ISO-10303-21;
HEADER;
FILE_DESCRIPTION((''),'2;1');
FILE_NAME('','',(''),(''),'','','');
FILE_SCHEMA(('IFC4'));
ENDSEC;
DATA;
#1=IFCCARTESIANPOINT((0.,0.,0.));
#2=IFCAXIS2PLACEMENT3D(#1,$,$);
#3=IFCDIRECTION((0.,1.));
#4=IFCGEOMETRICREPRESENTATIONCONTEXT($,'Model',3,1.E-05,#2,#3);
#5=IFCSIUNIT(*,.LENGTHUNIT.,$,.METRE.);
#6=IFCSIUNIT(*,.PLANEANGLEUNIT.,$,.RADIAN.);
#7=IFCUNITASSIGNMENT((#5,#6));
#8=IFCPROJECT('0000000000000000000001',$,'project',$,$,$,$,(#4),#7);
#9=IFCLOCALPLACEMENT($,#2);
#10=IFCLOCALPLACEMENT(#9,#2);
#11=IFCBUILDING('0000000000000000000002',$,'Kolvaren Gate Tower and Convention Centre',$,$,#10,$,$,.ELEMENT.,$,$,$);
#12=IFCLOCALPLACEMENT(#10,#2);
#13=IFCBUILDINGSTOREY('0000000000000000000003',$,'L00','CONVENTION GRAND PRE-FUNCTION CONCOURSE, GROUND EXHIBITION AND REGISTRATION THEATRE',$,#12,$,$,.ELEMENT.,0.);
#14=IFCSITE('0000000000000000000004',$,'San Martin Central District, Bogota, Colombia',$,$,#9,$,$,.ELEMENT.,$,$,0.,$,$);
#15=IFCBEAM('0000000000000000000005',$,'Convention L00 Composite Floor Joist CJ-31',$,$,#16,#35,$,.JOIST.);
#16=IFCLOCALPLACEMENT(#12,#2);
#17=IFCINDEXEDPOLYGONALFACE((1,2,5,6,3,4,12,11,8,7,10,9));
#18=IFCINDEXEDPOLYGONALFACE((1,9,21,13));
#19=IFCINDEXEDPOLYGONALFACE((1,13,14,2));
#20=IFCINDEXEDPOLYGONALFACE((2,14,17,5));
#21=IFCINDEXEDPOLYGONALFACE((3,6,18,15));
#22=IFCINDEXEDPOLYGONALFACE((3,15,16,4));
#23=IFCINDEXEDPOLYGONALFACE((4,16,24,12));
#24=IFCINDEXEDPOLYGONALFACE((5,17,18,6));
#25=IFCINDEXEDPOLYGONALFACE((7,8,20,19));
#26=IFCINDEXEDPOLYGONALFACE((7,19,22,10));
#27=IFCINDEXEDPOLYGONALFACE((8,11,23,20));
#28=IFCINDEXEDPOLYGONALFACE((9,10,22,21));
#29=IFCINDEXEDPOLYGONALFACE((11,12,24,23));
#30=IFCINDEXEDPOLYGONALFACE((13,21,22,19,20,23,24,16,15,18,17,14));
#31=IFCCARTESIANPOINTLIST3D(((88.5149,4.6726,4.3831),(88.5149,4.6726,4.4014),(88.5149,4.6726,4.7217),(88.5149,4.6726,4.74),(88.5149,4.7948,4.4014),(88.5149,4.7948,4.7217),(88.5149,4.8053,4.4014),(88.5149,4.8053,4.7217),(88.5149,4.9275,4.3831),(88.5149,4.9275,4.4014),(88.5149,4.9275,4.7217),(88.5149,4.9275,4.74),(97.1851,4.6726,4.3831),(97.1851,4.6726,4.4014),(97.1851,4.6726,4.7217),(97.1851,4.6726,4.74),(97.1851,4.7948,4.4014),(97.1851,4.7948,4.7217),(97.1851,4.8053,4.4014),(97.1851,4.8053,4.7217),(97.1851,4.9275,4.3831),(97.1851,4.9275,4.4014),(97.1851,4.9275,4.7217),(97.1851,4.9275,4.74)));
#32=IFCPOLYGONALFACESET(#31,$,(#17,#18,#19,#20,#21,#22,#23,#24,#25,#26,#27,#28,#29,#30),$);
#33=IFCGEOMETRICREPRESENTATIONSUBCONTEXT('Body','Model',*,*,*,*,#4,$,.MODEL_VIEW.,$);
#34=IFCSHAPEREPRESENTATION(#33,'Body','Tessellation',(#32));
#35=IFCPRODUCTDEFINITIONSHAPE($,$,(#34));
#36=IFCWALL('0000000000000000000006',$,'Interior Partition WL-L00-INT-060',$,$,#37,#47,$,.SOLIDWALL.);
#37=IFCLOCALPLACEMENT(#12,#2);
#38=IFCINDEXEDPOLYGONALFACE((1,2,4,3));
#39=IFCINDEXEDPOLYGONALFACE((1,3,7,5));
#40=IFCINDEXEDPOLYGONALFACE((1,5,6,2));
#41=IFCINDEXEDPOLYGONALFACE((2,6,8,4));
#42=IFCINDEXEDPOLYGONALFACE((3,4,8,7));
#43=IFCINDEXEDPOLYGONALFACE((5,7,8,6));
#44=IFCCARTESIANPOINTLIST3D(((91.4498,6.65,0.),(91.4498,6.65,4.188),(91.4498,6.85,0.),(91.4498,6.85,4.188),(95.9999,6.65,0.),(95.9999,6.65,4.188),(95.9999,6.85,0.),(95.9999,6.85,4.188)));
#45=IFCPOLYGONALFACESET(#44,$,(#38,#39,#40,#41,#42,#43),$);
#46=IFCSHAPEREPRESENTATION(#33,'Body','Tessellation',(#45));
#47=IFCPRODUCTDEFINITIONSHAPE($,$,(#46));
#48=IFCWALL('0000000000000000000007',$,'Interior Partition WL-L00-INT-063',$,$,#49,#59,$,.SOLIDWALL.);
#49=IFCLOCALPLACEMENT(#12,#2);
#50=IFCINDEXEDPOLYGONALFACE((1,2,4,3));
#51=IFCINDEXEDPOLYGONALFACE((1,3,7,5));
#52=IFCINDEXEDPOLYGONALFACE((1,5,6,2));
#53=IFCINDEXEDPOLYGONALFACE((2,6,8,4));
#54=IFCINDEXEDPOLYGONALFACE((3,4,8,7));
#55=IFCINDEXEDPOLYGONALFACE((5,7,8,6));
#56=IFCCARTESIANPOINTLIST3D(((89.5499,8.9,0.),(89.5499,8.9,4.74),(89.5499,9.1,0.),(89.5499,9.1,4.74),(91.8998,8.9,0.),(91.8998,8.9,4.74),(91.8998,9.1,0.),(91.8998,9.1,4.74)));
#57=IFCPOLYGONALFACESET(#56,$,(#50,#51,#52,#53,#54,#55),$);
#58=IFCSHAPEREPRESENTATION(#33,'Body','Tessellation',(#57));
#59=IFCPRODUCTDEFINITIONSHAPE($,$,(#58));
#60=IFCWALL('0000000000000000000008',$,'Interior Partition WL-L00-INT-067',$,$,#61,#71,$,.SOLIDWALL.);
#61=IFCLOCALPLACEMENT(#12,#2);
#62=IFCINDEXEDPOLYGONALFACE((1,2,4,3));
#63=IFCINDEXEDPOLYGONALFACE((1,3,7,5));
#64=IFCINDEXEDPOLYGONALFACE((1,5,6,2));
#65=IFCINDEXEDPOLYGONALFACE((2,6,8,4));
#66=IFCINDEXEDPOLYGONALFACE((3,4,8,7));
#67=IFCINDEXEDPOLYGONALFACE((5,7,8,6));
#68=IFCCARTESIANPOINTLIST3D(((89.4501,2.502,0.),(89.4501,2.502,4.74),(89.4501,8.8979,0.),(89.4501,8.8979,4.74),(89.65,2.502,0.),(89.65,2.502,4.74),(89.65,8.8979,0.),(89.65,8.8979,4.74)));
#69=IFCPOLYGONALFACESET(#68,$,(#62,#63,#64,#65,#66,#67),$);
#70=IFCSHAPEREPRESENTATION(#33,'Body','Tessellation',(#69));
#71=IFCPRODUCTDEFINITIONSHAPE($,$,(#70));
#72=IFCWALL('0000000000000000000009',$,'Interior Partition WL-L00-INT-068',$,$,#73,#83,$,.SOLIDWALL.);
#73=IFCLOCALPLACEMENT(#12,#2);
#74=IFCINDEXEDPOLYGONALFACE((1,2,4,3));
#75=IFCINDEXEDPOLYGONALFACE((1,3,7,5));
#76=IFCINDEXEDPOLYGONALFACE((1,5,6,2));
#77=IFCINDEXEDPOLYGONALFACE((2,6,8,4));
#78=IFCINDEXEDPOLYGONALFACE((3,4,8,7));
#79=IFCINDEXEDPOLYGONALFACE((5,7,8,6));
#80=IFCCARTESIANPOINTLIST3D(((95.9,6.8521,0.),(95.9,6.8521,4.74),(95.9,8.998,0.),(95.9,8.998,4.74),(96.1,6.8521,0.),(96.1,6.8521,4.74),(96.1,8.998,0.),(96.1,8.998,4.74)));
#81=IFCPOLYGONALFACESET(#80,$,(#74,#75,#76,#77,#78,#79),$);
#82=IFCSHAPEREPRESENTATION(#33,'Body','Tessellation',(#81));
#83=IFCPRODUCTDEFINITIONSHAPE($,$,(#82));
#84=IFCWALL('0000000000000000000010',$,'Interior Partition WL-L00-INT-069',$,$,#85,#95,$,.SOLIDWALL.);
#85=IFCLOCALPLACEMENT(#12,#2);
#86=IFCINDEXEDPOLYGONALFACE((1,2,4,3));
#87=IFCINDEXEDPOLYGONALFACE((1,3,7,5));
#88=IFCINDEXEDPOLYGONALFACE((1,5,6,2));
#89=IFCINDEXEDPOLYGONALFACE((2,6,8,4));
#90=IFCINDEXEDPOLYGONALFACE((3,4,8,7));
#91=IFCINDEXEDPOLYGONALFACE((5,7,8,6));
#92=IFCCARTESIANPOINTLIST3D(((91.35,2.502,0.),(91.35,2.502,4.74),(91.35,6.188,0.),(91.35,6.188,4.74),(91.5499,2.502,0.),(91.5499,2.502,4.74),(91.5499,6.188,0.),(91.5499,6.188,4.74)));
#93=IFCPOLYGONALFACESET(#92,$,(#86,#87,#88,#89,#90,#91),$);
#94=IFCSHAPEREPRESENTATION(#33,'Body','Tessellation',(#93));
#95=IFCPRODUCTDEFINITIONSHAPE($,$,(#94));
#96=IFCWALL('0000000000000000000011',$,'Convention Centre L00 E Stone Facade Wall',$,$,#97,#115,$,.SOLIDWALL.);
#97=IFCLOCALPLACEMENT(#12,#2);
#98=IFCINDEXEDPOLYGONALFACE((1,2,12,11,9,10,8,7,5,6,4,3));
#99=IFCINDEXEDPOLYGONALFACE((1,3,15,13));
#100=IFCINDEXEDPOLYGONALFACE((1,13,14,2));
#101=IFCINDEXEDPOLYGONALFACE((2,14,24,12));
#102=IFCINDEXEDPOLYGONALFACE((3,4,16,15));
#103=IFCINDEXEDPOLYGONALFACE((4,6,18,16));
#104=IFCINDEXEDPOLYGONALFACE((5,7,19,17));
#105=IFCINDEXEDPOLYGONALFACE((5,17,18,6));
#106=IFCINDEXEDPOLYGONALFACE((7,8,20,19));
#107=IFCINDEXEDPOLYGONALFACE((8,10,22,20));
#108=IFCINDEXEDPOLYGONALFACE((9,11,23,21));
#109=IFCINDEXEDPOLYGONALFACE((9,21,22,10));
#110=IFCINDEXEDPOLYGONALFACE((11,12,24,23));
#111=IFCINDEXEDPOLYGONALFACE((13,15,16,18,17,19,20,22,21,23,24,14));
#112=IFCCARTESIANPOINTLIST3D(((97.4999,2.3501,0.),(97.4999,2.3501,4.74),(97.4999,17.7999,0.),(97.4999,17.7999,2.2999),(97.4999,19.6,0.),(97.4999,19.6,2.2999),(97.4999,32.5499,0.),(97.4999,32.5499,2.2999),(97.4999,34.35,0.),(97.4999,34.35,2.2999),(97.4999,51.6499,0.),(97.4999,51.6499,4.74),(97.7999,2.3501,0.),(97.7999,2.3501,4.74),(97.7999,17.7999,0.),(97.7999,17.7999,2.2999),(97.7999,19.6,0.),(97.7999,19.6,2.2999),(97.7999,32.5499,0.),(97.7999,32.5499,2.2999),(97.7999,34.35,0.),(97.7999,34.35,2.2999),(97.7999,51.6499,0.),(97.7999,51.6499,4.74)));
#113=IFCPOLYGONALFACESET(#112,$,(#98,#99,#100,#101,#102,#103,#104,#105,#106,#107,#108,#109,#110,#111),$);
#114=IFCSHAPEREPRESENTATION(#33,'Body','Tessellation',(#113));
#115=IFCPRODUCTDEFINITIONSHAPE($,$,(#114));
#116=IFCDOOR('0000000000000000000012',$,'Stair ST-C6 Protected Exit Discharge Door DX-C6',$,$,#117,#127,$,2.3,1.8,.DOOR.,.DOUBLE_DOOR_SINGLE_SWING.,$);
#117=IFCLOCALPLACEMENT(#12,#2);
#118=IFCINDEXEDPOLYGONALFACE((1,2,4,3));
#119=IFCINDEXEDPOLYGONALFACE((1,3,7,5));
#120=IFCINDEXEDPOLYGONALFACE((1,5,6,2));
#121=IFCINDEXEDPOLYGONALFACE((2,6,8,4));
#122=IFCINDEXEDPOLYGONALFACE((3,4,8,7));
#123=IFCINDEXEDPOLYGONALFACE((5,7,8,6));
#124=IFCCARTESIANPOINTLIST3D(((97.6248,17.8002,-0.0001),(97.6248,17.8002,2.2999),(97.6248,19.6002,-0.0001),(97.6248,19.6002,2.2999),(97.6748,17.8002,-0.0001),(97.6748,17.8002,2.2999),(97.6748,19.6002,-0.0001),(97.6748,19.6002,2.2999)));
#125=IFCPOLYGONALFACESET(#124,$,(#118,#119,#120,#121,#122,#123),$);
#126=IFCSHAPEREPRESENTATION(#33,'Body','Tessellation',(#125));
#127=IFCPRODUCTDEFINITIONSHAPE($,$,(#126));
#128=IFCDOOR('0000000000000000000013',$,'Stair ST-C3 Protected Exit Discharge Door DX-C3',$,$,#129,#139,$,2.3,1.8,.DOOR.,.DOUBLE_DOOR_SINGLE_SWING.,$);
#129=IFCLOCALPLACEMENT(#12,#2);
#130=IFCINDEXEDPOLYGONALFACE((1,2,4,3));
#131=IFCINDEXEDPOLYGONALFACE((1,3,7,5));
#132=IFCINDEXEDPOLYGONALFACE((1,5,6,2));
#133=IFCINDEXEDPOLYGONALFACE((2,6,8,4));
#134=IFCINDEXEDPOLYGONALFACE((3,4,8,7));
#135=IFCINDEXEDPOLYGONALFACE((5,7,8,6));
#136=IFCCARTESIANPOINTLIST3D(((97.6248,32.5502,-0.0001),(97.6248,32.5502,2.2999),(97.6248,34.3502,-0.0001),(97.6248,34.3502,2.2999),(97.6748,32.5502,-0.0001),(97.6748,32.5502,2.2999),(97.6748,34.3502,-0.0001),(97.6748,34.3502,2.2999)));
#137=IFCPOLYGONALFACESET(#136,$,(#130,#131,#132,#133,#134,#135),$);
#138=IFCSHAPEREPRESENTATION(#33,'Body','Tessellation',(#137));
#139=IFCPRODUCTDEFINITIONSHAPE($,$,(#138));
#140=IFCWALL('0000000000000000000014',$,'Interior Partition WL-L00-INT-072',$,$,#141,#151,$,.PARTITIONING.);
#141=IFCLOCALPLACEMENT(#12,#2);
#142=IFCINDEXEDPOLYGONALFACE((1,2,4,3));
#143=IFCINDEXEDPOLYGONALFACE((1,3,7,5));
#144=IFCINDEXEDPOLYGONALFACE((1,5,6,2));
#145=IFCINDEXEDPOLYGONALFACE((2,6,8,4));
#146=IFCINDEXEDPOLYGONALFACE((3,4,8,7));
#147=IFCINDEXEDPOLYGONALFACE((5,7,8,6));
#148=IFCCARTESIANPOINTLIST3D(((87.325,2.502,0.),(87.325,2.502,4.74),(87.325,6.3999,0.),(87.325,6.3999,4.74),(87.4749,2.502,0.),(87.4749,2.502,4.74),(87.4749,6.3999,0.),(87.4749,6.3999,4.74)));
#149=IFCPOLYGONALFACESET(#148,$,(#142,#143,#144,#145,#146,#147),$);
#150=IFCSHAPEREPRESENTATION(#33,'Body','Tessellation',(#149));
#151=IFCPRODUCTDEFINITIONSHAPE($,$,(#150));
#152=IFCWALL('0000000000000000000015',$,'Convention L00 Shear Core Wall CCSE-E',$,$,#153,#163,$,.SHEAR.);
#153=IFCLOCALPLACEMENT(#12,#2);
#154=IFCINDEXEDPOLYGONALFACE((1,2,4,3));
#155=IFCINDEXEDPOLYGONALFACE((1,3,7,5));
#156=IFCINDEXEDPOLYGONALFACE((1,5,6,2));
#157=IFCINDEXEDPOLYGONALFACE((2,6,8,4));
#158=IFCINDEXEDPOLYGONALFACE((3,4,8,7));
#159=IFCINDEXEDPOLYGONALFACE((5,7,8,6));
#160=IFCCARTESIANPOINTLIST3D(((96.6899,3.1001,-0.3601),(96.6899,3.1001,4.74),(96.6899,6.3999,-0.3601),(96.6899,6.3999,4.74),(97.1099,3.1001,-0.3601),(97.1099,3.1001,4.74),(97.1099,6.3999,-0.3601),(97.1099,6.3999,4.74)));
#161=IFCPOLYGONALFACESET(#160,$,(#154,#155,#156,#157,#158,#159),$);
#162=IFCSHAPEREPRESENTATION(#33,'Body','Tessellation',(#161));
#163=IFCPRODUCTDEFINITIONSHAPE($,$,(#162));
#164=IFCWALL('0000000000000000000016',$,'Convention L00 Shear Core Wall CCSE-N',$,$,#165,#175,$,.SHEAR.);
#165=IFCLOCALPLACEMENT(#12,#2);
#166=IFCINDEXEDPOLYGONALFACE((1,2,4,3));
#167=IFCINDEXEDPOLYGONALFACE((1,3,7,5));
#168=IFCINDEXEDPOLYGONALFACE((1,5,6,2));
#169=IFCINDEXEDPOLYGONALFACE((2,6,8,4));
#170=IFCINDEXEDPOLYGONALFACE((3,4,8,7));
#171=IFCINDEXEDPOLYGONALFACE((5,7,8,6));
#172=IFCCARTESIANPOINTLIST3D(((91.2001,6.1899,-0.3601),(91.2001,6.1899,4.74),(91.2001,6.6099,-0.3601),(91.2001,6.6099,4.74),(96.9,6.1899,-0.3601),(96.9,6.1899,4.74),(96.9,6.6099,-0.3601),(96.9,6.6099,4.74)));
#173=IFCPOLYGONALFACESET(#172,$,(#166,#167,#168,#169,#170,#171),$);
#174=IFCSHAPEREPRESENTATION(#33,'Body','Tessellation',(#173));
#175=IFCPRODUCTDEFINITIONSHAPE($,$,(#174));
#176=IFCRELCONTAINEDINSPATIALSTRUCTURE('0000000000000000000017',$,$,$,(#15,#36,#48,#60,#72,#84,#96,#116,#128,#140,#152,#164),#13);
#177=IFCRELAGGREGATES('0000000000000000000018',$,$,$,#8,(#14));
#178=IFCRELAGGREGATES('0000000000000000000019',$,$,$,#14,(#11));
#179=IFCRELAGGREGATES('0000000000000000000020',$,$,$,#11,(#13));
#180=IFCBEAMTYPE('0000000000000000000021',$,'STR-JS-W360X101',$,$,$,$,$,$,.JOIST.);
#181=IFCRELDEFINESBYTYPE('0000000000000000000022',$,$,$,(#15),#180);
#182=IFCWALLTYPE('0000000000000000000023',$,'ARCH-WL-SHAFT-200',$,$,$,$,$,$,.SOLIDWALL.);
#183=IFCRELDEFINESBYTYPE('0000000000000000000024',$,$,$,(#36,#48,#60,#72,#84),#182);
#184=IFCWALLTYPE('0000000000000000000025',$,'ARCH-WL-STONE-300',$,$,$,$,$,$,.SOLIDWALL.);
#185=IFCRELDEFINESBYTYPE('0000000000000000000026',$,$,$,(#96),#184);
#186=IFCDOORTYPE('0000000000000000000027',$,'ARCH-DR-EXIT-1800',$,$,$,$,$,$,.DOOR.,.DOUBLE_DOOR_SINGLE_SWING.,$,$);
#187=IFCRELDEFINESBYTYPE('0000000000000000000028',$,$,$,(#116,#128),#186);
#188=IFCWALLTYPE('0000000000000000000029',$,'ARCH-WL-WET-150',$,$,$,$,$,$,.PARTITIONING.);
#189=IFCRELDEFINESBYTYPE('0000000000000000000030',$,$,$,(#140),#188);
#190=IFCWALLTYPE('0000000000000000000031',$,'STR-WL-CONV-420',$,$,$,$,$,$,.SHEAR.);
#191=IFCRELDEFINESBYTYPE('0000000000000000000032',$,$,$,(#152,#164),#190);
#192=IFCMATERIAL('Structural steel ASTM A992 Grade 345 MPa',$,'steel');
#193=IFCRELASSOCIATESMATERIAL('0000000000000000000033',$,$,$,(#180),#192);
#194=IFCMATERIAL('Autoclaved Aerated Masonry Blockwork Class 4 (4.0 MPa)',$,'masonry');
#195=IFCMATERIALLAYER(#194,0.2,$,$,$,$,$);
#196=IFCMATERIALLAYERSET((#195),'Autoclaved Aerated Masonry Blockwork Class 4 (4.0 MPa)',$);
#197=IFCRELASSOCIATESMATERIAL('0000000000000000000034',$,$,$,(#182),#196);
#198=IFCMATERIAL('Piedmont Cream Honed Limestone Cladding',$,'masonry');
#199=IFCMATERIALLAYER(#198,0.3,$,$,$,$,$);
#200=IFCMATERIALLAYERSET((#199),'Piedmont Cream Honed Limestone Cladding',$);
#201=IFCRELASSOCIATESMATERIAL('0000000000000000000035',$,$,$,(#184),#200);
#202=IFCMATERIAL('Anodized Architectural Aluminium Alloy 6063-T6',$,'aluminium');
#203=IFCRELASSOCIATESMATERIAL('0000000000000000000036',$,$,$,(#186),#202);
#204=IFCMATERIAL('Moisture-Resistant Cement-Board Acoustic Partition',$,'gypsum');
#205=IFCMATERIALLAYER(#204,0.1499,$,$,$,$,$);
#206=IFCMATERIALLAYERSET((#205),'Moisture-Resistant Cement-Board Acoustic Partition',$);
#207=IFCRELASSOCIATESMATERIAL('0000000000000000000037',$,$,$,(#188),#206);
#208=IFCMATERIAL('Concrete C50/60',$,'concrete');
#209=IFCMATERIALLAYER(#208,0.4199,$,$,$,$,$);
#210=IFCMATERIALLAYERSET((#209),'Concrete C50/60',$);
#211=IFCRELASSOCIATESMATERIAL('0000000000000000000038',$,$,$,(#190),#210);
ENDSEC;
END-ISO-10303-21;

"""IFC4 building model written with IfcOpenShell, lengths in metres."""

from ifc_helpers import new_model, si_unit, direction, frame, frame_2d, origin, origin_2d, place, context, subcontext, project, spatial, rectangle, i_section, extrude, material, layer, layer_set, material_profile, profile_set, type_object, element, fill, save


model = new_model("IFC4")

# Units and contexts
model_context = context("Model", 3, precision=1e-05, world=origin(), true_north=direction((0.0, 1.0)))
body_context = subcontext(model_context, "Body", "Model", "MODEL_VIEW")
ifc_project = project(units=[si_unit("LENGTHUNIT", "METRE"), si_unit("PLANEANGLEUNIT", "RADIAN")], contexts=[model_context])

# Site, building, storey
site_placement = place(None, origin())
site = spatial("IfcSite", under=ifc_project, at=site_placement, Name="San Martin Central District, Bogota, Colombia", CompositionType="ELEMENT", RefElevation=0.0)
building_placement = place(site_placement, origin())
building = spatial("IfcBuilding", under=site, at=building_placement, Name="Kolvaren Gate Tower and Convention Centre", CompositionType="ELEMENT")
storey_placement = place(building_placement, origin())
storey = spatial("IfcBuildingStorey", under=building, at=storey_placement, Name="L00", Description="CONVENTION GRAND PRE-FUNCTION CONCOURSE, GROUND EXHIBITION AND REGISTRATION THEATRE", CompositionType="ELEMENT", Elevation=0.0)

# Beam
ifc_material_1 = material(Name="Structural steel ASTM A992 Grade 345 MPa", Category="steel")
ifc_material_profile_1 = material_profile(ifc_material_1, i_section(OverallWidth=0.2549, OverallDepth=0.3569, WebThickness=0.0105, FlangeThickness=0.0183, at=origin_2d()), Name="W360X101")
ifc_profile_set_1 = profile_set([ifc_material_profile_1], Name="Structural steel ASTM A992 Grade 345 MPa")
beam_type_1 = type_object("IfcBeamType", Name="STR-JS-W360X101", PredefinedType="JOIST", material=ifc_profile_set_1)
beam_1_placement = place(storey_placement, frame((88.5149, 4.8, 4.5615), z_axis=(1.0, 0.0, 0.0), x_axis=(0.0, 1.0, 0.0)))
element("IfcBeam", 1, at=beam_1_placement, inside=storey, type_object=beam_type_1, Name="Convention L00 Composite Floor Joist CJ-31", PredefinedType="JOIST", context=body_context, shape_type="SweptSolid", body=[
    extrude(i_section(OverallWidth=0.2549, OverallDepth=0.3569, WebThickness=0.0105, FlangeThickness=0.0183, at=origin_2d()), origin(), (0.0, 0.0, 1.0), 8.6702),
])

# Walls
ifc_material_2 = material(Name="Autoclaved Aerated Masonry Blockwork Class 4 (4.0 MPa)", Category="masonry")
ifc_layer_1 = layer(ifc_material_2, 0.2)
ifc_layer_set_1 = layer_set([ifc_layer_1], Name="Autoclaved Aerated Masonry Blockwork Class 4 (4.0 MPa)")
wall_type_1 = type_object("IfcWallType", Name="ARCH-WL-SHAFT-200", PredefinedType="SOLIDWALL", material=ifc_layer_set_1)
wall_1_placement = place(storey_placement, frame((91.45, 6.75, 0.0), z_axis=(0.0, 0.0, 1.0), x_axis=(1.0, 0.0, 0.0)))
element("IfcWall", 2, at=wall_1_placement, inside=storey, type_object=wall_type_1, Name="Interior Partition WL-L00-INT-060", PredefinedType="SOLIDWALL", context=body_context, shape_type="SweptSolid", body=[
    extrude(rectangle(XDim=4.55, YDim=0.2, at=frame_2d((2.2749, 0.0))), origin(), (0.0, 0.0, 1.0), 4.188),
])
wall_2_placement = place(storey_placement, frame((89.55, 9.0, 0.0), z_axis=(0.0, 0.0, 1.0), x_axis=(1.0, 0.0, 0.0)))
element("IfcWall", 3, at=wall_2_placement, inside=storey, type_object=wall_type_1, Name="Interior Partition WL-L00-INT-063", PredefinedType="SOLIDWALL", context=body_context, shape_type="SweptSolid", body=[
    extrude(rectangle(XDim=2.3499, YDim=0.2, at=frame_2d((1.1748, 0.0))), origin(), (0.0, 0.0, 1.0), 4.74),
])
wall_3_placement = place(storey_placement, frame((89.55, 2.502, 0.0), z_axis=(0.0, 0.0, 1.0), x_axis=(0.0, 1.0, 0.0)))
element("IfcWall", 4, at=wall_3_placement, inside=storey, type_object=wall_type_1, Name="Interior Partition WL-L00-INT-067", PredefinedType="SOLIDWALL", context=body_context, shape_type="SweptSolid", body=[
    extrude(rectangle(XDim=6.396, YDim=0.2, at=frame_2d((3.198, 0.0))), origin(), (0.0, 0.0, 1.0), 4.74),
])
wall_4_placement = place(storey_placement, frame((96.0, 6.8521, 0.0), z_axis=(0.0, 0.0, 1.0), x_axis=(0.0, 1.0, 0.0)))
element("IfcWall", 5, at=wall_4_placement, inside=storey, type_object=wall_type_1, Name="Interior Partition WL-L00-INT-068", PredefinedType="SOLIDWALL", context=body_context, shape_type="SweptSolid", body=[
    extrude(rectangle(XDim=2.146, YDim=0.2, at=frame_2d((1.073, 0.0))), origin(), (0.0, 0.0, 1.0), 4.74),
])
wall_5_placement = place(storey_placement, frame((91.45, 2.502, 0.0), z_axis=(0.0, 0.0, 1.0), x_axis=(0.0, 1.0, 0.0)))
element("IfcWall", 6, at=wall_5_placement, inside=storey, type_object=wall_type_1, Name="Interior Partition WL-L00-INT-069", PredefinedType="SOLIDWALL", context=body_context, shape_type="SweptSolid", body=[
    extrude(rectangle(XDim=3.686, YDim=0.2, at=frame_2d((1.843, 0.0))), origin(), (0.0, 0.0, 1.0), 4.74),
])

# Wall, openings, doors
ifc_material_3 = material(Name="Piedmont Cream Honed Limestone Cladding", Category="masonry")
ifc_layer_2 = layer(ifc_material_3, 0.3)
ifc_layer_set_2 = layer_set([ifc_layer_2], Name="Piedmont Cream Honed Limestone Cladding")
wall_type_2 = type_object("IfcWallType", Name="ARCH-WL-STONE-300", PredefinedType="SOLIDWALL", material=ifc_layer_set_2)
wall_6_placement = place(storey_placement, frame((97.6499, 2.3501, 0.0), z_axis=(0.0, 0.0, 1.0), x_axis=(0.0, 1.0, 0.0)))
wall_6 = element("IfcWall", 7, at=wall_6_placement, inside=storey, type_object=wall_type_2, Name="Convention Centre L00 E Stone Facade Wall", PredefinedType="SOLIDWALL", context=body_context, shape_type="SweptSolid", body=[
    extrude(rectangle(XDim=49.2998, YDim=0.3, at=frame_2d((24.6499, 0.0))), origin(), (0.0, 0.0, 1.0), 4.74),
])
opening_1_placement = place(wall_6_placement, frame((15.45, 0.0, 0.0)))
opening_1 = element("IfcOpeningElement", 8, at=opening_1_placement, cuts=wall_6, PredefinedType="OPENING", context=body_context, shape_type="SweptSolid", body=[
    extrude(rectangle(XDim=1.8, YDim=2.3, at=frame_2d((0.8999, 1.1499))), frame((0.0, 0.1599, 0.0), z_axis=(0.0, -1.0, 0.0), x_axis=(1.0, 0.0, 0.0)), (0.0, 0.0, 1.0), 0.3201),
])
opening_2_placement = place(wall_6_placement, frame((30.2, 0.0, 0.0)))
opening_2 = element("IfcOpeningElement", 9, at=opening_2_placement, cuts=wall_6, PredefinedType="OPENING", context=body_context, shape_type="SweptSolid", body=[
    extrude(rectangle(XDim=1.8, YDim=2.3, at=frame_2d((0.8999, 1.1499))), frame((0.0, 0.1599, 0.0), z_axis=(0.0, -1.0, 0.0), x_axis=(1.0, 0.0, 0.0)), (0.0, 0.0, 1.0), 0.3201),
])
ifc_material_4 = material(Name="Anodized Architectural Aluminium Alloy 6063-T6", Category="aluminium")
door_type_1 = type_object("IfcDoorType", Name="ARCH-DR-EXIT-1800", OperationType="DOUBLE_DOOR_SINGLE_SWING", PredefinedType="DOOR", material=ifc_material_4)
door_1_placement = place(opening_1_placement, frame((1.8, 0.0, 0.0), z_axis=(0.0, 0.0, 1.0), x_axis=(-1.0, 0.0, 0.0)))
door_1 = element("IfcDoor", 10, at=door_1_placement, inside=storey, type_object=door_type_1, Name="Stair ST-C6 Protected Exit Discharge Door DX-C6", OperationType="DOUBLE_DOOR_SINGLE_SWING", OverallHeight=2.3, OverallWidth=1.8, PredefinedType="DOOR", context=body_context, shape_type="SweptSolid", body=[
    extrude(rectangle(XDim=1.8, YDim=2.3, at=frame_2d((0.8999, 1.1499))), frame((0.0, 0.0249, 0.0), z_axis=(0.0, -1.0, 0.0), x_axis=(1.0, 0.0, 0.0)), (0.0, 0.0, 1.0), 0.05),
])
fill(opening_1, door_1)
door_2_placement = place(opening_2_placement, frame((1.8, 0.0, 0.0), z_axis=(0.0, 0.0, 1.0), x_axis=(-1.0, 0.0, 0.0)))
door_2 = element("IfcDoor", 11, at=door_2_placement, inside=storey, type_object=door_type_1, Name="Stair ST-C3 Protected Exit Discharge Door DX-C3", OperationType="DOUBLE_DOOR_SINGLE_SWING", OverallHeight=2.3, OverallWidth=1.8, PredefinedType="DOOR", context=body_context, shape_type="SweptSolid", body=[
    extrude(rectangle(XDim=1.8, YDim=2.3, at=frame_2d((0.8999, 1.1499))), frame((0.0, 0.0249, 0.0), z_axis=(0.0, -1.0, 0.0), x_axis=(1.0, 0.0, 0.0)), (0.0, 0.0, 1.0), 0.05),
])
fill(opening_2, door_2)

# Walls
ifc_material_5 = material(Name="Moisture-Resistant Cement-Board Acoustic Partition", Category="gypsum")
ifc_layer_3 = layer(ifc_material_5, 0.1499)
ifc_layer_set_3 = layer_set([ifc_layer_3], Name="Moisture-Resistant Cement-Board Acoustic Partition")
wall_type_3 = type_object("IfcWallType", Name="ARCH-WL-WET-150", PredefinedType="PARTITIONING", material=ifc_layer_set_3)
wall_7_placement = place(storey_placement, frame((87.3999, 2.502, 0.0), z_axis=(0.0, 0.0, 1.0), x_axis=(0.0, 1.0, 0.0)))
element("IfcWall", 12, at=wall_7_placement, inside=storey, type_object=wall_type_3, Name="Interior Partition WL-L00-INT-072", PredefinedType="PARTITIONING", context=body_context, shape_type="SweptSolid", body=[
    extrude(rectangle(XDim=3.8979, YDim=0.1499, at=frame_2d((1.949, 0.0))), origin(), (0.0, 0.0, 1.0), 4.74),
])
ifc_material_6 = material(Name="Concrete C50/60", Category="concrete")
ifc_layer_4 = layer(ifc_material_6, 0.4199)
ifc_layer_set_4 = layer_set([ifc_layer_4], Name="Concrete C50/60")
wall_type_4 = type_object("IfcWallType", Name="STR-WL-CONV-420", PredefinedType="SHEAR", material=ifc_layer_set_4)
wall_8_placement = place(storey_placement, frame((96.8999, 3.1001, -0.3601), z_axis=(0.0, 0.0, 1.0), x_axis=(0.0, 1.0, 0.0)))
element("IfcWall", 13, at=wall_8_placement, inside=storey, type_object=wall_type_4, Name="Convention L00 Shear Core Wall CCSE-E", PredefinedType="SHEAR", context=body_context, shape_type="SweptSolid", body=[
    extrude(rectangle(XDim=3.2998, YDim=0.4199, at=frame_2d((1.6499, 0.0))), origin(), (0.0, 0.0, 1.0), 5.1001),
])
wall_9_placement = place(storey_placement, frame((91.2, 6.3999, -0.3601), z_axis=(0.0, 0.0, 1.0), x_axis=(1.0, 0.0, 0.0)))
element("IfcWall", 14, at=wall_9_placement, inside=storey, type_object=wall_type_4, Name="Convention L00 Shear Core Wall CCSE-N", PredefinedType="SHEAR", context=body_context, shape_type="SweptSolid", body=[
    extrude(rectangle(XDim=5.7, YDim=0.4199, at=frame_2d((2.8501, 0.0))), origin(), (0.0, 0.0, 1.0), 5.1001),
])

save(model, "model.ifc")
